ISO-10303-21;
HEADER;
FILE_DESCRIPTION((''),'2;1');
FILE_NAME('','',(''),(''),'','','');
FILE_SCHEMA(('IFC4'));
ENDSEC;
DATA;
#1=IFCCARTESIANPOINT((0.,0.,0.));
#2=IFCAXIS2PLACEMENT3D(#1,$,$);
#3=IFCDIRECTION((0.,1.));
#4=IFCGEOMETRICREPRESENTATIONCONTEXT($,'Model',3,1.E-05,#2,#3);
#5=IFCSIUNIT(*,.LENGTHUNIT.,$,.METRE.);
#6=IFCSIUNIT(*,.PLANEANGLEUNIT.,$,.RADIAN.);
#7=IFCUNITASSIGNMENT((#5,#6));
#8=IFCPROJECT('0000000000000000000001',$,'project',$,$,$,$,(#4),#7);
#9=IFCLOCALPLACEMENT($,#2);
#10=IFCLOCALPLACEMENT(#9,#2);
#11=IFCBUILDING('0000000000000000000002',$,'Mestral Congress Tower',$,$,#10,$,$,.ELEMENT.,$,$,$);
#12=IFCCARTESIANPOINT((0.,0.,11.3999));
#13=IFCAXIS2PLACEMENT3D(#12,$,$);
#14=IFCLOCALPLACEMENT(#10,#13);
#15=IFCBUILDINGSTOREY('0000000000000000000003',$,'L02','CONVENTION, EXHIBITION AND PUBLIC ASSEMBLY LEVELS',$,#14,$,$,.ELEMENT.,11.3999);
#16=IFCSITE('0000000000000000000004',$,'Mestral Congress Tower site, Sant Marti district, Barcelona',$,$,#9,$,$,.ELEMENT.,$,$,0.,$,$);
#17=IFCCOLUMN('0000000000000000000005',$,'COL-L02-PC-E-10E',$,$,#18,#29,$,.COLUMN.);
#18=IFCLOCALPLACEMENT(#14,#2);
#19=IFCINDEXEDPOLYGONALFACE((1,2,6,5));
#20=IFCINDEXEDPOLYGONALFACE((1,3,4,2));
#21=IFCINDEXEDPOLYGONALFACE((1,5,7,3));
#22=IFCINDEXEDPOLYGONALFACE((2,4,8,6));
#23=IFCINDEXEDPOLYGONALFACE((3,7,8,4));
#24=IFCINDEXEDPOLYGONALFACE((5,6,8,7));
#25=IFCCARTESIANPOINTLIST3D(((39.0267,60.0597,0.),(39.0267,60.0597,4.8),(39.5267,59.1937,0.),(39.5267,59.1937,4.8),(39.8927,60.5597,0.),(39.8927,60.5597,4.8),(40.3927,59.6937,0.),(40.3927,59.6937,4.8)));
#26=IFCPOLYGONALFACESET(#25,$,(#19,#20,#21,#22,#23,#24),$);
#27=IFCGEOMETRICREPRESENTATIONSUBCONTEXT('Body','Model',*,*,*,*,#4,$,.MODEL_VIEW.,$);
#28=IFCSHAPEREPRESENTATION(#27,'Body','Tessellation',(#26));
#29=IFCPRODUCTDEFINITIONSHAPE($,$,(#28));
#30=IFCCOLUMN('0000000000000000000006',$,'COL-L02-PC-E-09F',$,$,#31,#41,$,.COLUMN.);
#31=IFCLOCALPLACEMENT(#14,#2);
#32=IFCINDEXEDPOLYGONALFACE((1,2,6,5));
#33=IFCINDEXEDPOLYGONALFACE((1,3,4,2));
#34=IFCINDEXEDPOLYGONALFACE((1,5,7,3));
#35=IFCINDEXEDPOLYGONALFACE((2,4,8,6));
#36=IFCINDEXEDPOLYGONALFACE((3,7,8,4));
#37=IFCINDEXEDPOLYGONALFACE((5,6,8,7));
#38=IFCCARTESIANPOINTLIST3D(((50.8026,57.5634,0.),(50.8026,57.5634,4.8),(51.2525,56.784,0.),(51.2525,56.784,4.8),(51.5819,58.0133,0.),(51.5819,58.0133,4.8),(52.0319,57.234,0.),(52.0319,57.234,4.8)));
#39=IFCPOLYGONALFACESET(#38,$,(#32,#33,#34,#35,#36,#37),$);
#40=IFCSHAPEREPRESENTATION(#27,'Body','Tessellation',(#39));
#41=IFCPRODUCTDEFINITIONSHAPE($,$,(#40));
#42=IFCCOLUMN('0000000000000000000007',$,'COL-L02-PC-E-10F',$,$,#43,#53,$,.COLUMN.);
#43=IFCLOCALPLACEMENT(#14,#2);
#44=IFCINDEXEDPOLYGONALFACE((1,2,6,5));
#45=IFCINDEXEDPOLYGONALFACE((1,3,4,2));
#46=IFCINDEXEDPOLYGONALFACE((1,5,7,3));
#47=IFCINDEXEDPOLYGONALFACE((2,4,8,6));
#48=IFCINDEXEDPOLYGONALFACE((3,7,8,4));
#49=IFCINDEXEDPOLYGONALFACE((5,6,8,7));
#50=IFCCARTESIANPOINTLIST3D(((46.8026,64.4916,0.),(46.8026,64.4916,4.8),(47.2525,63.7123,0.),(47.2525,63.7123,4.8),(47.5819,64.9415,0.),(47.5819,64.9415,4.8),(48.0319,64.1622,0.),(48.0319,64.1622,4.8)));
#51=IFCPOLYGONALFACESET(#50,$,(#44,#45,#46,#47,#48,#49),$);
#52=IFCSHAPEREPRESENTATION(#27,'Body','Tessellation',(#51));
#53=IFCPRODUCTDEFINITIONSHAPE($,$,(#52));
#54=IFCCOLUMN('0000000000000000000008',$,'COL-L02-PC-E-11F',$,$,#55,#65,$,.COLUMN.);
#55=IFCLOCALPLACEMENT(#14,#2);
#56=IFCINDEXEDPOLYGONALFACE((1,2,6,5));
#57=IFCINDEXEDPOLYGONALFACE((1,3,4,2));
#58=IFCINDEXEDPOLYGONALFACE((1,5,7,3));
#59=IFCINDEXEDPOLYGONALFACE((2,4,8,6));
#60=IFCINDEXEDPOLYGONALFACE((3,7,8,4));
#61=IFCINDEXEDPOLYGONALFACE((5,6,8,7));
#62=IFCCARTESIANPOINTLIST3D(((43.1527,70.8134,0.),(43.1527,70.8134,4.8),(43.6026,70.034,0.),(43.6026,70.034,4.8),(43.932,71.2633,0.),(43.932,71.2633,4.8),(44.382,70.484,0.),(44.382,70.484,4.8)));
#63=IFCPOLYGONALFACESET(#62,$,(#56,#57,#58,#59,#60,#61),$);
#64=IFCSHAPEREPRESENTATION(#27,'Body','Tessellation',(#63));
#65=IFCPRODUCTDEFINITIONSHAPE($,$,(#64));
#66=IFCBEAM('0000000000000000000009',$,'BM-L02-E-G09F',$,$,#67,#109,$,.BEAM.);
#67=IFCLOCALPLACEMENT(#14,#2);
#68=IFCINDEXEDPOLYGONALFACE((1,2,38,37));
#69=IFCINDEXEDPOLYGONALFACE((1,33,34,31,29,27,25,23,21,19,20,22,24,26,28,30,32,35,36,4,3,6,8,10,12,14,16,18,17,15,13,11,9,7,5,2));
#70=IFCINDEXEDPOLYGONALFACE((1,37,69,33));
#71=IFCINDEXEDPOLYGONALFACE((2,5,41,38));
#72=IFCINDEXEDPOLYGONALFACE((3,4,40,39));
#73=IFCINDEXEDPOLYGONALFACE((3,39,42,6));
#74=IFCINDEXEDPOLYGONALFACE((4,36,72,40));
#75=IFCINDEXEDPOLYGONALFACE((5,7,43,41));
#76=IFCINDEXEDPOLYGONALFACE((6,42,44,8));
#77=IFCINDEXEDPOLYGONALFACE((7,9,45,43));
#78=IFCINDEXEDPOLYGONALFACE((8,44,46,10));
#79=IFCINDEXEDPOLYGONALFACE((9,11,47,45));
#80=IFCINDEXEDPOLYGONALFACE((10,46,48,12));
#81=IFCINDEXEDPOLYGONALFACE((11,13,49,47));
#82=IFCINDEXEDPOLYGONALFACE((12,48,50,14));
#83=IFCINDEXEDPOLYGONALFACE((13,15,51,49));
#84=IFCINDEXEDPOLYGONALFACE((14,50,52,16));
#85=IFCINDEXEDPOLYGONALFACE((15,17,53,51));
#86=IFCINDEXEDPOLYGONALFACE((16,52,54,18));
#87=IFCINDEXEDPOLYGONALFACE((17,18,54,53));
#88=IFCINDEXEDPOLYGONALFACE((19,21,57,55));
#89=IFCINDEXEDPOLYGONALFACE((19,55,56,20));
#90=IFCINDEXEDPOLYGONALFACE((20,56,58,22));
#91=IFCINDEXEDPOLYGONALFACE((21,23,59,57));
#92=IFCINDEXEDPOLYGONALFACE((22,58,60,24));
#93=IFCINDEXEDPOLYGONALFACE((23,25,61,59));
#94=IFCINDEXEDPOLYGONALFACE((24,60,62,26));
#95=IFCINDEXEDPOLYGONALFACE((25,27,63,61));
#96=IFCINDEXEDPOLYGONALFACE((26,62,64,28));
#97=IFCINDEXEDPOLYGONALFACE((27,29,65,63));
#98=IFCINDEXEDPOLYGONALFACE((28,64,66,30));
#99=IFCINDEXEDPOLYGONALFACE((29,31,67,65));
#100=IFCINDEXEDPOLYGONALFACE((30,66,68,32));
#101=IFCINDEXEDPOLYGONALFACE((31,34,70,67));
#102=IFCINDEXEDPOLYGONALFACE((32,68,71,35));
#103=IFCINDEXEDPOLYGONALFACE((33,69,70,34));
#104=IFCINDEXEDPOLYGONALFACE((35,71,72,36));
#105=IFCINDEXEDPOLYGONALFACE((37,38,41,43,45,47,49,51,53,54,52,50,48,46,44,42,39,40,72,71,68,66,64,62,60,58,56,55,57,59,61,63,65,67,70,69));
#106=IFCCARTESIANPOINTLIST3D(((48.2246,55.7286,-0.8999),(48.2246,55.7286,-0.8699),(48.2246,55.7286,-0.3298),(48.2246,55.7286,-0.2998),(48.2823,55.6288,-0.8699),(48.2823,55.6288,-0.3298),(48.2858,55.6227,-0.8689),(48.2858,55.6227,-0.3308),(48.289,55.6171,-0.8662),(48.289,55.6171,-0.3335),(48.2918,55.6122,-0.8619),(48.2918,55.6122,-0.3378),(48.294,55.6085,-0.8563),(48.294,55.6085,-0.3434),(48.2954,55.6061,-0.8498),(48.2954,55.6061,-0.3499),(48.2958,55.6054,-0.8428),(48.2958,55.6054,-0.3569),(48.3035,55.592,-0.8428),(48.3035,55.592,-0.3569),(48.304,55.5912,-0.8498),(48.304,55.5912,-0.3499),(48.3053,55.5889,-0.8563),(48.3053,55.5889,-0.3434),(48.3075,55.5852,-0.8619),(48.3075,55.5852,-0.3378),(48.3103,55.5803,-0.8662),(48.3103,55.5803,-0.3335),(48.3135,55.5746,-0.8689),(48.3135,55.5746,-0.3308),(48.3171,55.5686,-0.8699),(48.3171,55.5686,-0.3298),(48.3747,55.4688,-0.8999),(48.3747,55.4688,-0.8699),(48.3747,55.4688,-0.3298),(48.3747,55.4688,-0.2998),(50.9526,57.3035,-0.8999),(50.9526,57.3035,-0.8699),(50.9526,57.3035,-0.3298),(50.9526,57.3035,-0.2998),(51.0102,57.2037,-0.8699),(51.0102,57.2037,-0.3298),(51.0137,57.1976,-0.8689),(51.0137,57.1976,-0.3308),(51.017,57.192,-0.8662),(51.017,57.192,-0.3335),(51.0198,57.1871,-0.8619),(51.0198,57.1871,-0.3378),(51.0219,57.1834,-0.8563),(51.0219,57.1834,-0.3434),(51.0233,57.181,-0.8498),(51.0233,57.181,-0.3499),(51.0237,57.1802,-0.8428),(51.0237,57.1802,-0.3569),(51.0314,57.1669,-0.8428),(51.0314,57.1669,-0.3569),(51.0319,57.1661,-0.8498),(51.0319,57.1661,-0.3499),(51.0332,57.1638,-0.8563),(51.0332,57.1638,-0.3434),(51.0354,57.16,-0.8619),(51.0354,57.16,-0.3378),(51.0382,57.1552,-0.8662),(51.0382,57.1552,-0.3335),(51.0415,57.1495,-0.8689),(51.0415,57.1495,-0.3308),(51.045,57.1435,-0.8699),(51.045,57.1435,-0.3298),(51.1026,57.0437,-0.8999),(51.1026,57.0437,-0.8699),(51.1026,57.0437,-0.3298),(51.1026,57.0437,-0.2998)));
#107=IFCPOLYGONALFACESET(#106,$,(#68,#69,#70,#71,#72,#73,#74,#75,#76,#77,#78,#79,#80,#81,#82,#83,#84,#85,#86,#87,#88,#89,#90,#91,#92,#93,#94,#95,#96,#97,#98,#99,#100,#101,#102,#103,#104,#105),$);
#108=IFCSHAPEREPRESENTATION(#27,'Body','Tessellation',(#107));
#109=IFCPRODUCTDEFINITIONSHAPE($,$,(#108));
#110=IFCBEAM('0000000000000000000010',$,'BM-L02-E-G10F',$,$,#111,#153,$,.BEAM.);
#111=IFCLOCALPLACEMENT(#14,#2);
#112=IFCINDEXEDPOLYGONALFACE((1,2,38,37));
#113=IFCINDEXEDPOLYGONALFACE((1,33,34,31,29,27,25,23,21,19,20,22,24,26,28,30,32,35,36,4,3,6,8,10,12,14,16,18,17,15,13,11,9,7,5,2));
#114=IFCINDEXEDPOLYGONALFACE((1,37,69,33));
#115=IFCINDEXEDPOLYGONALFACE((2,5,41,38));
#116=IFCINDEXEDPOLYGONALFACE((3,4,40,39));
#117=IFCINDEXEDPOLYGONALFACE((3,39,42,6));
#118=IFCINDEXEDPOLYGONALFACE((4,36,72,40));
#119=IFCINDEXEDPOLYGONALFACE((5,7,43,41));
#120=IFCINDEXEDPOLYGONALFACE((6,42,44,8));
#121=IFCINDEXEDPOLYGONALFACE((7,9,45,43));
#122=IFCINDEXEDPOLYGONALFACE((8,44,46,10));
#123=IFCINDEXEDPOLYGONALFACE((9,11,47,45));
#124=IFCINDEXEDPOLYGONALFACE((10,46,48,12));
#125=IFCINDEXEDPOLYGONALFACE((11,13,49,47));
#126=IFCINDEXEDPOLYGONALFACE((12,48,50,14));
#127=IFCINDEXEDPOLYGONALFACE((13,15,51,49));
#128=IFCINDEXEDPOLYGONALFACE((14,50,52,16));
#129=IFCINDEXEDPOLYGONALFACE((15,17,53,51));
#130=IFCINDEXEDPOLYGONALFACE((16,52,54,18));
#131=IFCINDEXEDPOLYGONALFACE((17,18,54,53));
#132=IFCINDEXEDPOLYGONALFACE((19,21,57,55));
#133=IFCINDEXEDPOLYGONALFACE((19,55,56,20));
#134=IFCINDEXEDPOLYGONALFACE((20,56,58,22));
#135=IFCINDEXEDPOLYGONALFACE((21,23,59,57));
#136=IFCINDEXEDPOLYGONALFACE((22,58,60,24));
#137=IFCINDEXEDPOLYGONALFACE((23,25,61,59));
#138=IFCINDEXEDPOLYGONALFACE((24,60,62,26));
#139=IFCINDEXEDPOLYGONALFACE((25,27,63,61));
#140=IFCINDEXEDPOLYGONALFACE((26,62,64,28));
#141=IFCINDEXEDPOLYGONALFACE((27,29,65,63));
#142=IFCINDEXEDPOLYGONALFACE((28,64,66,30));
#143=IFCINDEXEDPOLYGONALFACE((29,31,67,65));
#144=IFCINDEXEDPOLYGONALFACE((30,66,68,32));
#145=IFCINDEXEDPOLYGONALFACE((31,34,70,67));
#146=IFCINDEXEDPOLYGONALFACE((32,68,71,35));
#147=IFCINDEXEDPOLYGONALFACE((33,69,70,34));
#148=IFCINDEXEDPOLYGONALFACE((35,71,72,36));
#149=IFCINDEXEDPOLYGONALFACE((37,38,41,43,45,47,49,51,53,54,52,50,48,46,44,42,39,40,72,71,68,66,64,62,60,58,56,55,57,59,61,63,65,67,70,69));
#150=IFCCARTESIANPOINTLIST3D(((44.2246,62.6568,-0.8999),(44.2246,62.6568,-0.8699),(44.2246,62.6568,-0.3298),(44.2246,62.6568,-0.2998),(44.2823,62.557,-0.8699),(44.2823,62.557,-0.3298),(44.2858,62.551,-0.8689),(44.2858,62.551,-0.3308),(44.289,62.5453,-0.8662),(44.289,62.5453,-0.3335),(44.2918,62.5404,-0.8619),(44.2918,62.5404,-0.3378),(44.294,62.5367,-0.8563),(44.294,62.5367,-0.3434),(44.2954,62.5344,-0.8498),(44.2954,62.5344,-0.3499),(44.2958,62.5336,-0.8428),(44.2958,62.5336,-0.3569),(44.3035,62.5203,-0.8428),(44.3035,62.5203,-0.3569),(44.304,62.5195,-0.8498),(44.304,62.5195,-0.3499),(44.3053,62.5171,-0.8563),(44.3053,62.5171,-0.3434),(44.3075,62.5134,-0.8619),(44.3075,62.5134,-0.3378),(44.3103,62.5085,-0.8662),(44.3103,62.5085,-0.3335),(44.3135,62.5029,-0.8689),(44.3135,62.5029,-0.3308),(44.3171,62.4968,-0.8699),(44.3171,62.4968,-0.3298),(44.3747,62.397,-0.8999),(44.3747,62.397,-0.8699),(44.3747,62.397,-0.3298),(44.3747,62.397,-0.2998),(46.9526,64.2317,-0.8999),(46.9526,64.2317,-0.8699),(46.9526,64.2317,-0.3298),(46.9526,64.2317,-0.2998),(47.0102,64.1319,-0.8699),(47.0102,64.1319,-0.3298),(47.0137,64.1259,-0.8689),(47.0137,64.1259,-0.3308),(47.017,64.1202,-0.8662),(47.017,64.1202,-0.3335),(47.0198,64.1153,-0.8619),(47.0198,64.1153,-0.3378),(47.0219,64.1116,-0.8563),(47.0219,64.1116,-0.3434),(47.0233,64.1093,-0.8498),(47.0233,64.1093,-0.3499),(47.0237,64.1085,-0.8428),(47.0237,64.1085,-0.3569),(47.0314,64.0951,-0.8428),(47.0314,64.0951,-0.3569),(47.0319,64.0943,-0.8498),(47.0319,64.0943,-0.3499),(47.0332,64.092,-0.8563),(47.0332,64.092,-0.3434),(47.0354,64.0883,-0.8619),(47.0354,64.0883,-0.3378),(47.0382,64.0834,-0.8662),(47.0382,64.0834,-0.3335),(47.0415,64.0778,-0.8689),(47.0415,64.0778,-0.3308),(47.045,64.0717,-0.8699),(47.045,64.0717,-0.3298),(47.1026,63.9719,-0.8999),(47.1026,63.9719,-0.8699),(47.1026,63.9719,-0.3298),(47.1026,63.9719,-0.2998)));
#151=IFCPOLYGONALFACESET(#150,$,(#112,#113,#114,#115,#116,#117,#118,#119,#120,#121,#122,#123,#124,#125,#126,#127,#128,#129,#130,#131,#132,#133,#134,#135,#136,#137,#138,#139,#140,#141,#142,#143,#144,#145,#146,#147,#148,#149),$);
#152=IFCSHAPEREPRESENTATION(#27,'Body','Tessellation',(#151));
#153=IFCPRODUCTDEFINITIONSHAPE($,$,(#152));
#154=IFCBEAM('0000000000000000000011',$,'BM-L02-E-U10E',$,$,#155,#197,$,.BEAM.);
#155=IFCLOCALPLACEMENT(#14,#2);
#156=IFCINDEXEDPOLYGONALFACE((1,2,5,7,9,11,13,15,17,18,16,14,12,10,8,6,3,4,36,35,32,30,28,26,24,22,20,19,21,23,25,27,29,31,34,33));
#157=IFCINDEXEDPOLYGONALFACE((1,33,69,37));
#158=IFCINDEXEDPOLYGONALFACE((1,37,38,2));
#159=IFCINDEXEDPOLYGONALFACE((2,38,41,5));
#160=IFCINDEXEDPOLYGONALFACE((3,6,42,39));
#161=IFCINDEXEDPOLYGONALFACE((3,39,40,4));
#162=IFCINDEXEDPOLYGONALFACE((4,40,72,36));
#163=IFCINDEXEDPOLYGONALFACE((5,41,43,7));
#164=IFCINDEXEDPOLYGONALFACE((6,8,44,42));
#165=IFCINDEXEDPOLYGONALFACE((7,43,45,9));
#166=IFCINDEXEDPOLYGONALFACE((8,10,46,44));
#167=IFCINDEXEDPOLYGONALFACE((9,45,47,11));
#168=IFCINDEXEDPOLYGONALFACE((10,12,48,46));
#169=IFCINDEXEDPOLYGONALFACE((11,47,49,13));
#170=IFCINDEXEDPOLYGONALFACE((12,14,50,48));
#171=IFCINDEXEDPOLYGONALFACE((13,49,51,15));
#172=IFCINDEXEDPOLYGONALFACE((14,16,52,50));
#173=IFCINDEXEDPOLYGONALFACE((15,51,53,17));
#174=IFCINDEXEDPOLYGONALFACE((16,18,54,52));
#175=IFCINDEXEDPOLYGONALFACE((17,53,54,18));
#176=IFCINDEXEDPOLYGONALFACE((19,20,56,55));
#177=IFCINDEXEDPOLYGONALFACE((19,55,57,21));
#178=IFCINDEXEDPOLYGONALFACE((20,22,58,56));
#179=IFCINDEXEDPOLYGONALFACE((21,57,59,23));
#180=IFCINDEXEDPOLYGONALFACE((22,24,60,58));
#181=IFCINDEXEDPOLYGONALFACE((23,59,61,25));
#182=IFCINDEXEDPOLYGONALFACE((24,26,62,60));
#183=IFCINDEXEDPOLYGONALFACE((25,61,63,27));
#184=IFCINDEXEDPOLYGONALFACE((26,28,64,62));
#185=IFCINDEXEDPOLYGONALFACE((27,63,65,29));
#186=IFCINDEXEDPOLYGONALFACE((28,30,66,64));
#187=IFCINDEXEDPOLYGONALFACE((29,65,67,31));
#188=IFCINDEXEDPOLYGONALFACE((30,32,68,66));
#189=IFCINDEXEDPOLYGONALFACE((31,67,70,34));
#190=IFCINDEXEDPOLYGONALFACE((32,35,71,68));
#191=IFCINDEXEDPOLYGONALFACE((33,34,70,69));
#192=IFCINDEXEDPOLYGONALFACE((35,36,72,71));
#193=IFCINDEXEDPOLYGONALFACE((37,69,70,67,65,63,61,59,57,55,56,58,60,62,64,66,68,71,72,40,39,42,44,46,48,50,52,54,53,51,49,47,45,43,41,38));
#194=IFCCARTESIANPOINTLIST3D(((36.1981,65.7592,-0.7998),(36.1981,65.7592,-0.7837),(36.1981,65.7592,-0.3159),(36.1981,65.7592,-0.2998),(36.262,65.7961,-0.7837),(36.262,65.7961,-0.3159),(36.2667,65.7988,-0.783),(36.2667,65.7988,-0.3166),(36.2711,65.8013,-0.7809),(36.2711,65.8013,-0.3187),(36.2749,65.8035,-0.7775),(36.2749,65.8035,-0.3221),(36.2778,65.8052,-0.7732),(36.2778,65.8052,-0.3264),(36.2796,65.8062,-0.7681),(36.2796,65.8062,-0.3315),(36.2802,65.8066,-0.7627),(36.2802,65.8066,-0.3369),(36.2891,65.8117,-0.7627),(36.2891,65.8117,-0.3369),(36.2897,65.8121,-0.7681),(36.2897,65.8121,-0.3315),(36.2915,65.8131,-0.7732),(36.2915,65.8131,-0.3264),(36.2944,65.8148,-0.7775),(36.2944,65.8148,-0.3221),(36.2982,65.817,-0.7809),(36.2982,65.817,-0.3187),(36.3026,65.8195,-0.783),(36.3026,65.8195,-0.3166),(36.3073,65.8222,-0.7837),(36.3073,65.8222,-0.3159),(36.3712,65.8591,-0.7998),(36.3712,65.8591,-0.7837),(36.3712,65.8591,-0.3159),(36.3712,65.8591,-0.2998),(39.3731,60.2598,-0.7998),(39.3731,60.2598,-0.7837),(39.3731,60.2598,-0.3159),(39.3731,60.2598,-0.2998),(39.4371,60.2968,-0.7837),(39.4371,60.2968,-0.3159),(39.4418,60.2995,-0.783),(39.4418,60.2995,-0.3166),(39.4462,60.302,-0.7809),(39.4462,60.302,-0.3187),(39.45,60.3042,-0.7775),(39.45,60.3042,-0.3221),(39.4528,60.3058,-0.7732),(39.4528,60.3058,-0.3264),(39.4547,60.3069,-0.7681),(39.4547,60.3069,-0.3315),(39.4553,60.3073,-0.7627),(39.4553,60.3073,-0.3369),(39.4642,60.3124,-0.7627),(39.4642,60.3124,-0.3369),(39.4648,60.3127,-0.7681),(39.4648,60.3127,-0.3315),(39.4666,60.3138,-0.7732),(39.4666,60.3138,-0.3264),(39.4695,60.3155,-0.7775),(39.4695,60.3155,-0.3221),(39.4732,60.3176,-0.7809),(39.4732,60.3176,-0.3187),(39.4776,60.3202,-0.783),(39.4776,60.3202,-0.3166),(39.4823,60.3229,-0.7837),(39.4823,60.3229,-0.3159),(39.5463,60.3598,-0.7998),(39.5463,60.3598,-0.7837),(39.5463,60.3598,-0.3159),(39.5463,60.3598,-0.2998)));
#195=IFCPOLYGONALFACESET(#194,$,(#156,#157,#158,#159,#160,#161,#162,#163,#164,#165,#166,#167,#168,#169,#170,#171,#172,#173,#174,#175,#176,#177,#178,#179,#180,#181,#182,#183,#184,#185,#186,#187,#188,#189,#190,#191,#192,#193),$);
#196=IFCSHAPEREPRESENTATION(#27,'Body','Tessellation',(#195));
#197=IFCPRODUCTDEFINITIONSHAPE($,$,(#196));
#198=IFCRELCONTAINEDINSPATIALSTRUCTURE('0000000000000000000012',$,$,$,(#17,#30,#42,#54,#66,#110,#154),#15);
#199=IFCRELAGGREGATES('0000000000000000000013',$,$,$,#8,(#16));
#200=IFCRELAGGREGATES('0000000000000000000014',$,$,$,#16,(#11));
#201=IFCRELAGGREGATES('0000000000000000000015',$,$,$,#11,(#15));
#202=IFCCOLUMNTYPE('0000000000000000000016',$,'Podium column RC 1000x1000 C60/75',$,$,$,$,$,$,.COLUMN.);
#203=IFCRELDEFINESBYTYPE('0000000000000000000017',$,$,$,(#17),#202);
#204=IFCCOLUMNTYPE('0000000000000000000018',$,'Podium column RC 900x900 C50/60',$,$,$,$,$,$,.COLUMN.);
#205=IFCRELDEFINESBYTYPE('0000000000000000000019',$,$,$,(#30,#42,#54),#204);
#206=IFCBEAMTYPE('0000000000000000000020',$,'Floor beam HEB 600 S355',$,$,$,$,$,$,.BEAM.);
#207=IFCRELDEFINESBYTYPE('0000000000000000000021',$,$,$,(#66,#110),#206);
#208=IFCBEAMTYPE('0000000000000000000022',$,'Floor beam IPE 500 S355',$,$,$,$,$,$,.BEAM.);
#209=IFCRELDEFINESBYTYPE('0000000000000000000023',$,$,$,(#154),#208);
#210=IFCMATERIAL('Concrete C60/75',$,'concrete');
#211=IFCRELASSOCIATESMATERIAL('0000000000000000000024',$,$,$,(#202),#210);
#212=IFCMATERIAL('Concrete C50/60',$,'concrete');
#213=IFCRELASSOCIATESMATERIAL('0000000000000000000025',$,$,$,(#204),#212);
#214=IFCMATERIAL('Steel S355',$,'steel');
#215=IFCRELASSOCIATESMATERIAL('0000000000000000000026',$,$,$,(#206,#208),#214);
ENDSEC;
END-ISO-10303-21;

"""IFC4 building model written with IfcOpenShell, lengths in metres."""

from ifc_helpers import new_model, si_unit, direction, frame, origin, origin_2d, place, context, subcontext, project, spatial, rectangle, i_section, extrude, material, material_profile, profile_set, type_object, element, save


model = new_model("IFC4")

# Units and contexts
model_context = context("Model", 3, precision=1e-05, world=origin(), true_north=direction((0.0, 1.0)))
body_context = subcontext(model_context, "Body", "Model", "MODEL_VIEW")
ifc_project = project(units=[si_unit("LENGTHUNIT", "METRE"), si_unit("PLANEANGLEUNIT", "RADIAN")], contexts=[model_context])

# Site, building, storey
site_placement = place(None, origin())
site = spatial("IfcSite", under=ifc_project, at=site_placement, Name="Mestral Congress Tower site, Sant Marti district, Barcelona", CompositionType="ELEMENT", RefElevation=0.0)
building_placement = place(site_placement, origin())
building = spatial("IfcBuilding", under=site, at=building_placement, Name="Mestral Congress Tower", CompositionType="ELEMENT")
storey_placement = place(building_placement, frame((0.0, 0.0, 11.3999)))
storey = spatial("IfcBuildingStorey", under=building, at=storey_placement, Name="L02", Description="CONVENTION, EXHIBITION AND PUBLIC ASSEMBLY LEVELS", CompositionType="ELEMENT", Elevation=11.3999)

# Columns
ifc_material_1 = material(Name="Concrete C60/75", Category="concrete")
ifc_material_profile_1 = material_profile(ifc_material_1, rectangle(XDim=1.0, YDim=1.0, at=origin_2d()), Name="RC 1000x1000")
ifc_profile_set_1 = profile_set([ifc_material_profile_1], Name="Concrete C60/75")
column_type_1 = type_object("IfcColumnType", Name="Podium column RC 1000x1000 C60/75", PredefinedType="COLUMN", material=ifc_profile_set_1)
column_placement = place(storey_placement, frame((39.7097, 59.8767, 0.0), z_axis=(0.0, 0.0, 1.0), x_axis=(-0.5, 0.866025, 0.0)))
element("IfcColumn", 1, at=column_placement, inside=storey, type_object=column_type_1, Name="COL-L02-PC-E-10E", PredefinedType="COLUMN", context=body_context, shape_type="SweptSolid", body=[
    extrude(rectangle(XDim=1.0, YDim=1.0, at=origin_2d()), origin(), (0.0, 0.0, 1.0), 4.8),
])
ifc_material_2 = material(Name="Concrete C50/60", Category="concrete")
ifc_material_profile_2 = material_profile(ifc_material_2, rectangle(XDim=0.8999, YDim=0.8999, at=origin_2d()), Name="RC 900x900")
ifc_profile_set_2 = profile_set([ifc_material_profile_2], Name="Concrete C50/60")
column_type_2 = type_object("IfcColumnType", Name="Podium column RC 900x900 C50/60", PredefinedType="COLUMN", material=ifc_profile_set_2)
for number, where, z_axis, x_axis, name in (
    (2, (51.4172, 57.3987, 0.0), (0.0, 0.0, 1.0), (-0.5, 0.866025, 0.0), "COL-L02-PC-E-09F"),
    (3, (47.4172, 64.3269, 0.0), (0.0, 0.0, 1.0), (-0.5, 0.866025, 0.0), "COL-L02-PC-E-10F"),
    (4, (43.7673, 70.6487, 0.0), (0.0, 0.0, 1.0), (-0.5, 0.866025, 0.0), "COL-L02-PC-E-11F"),
):
    element("IfcColumn", number, at=place(storey_placement, frame(where, z_axis=z_axis, x_axis=x_axis)), inside=storey, type_object=column_type_2, Name=name, PredefinedType="COLUMN", context=body_context, shape_type="SweptSolid", body=[
        extrude(rectangle(XDim=0.8999, YDim=0.8999, at=origin_2d()), origin(), (0.0, 0.0, 1.0), 4.8),
    ])

# Beams
ifc_material_3 = material(Name="Steel S355", Category="steel")
ifc_material_profile_3 = material_profile(ifc_material_3, i_section(OverallWidth=0.3, OverallDepth=0.6001, WebThickness=0.0154, FlangeThickness=0.03, FilletRadius=0.0271, at=origin_2d()), Name="HEB 600")
ifc_profile_set_3 = profile_set([ifc_material_profile_3], Name="Steel S355")
beam_type_1 = type_object("IfcBeamType", Name="Floor beam HEB 600 S355", PredefinedType="BEAM", material=ifc_profile_set_3)
for number, where, z_axis, x_axis, name in (
    (5, (51.0276, 57.1736, -0.5999), (-0.866036, -0.499982, 0.0), (0.499982, -0.866036, 0.0), "BM-L02-E-G09F"),
    (6, (47.0276, 64.1018, -0.5999), (-0.866036, -0.499982, 0.0), (0.499982, -0.866036, 0.0), "BM-L02-E-G10F"),
):
    element("IfcBeam", number, at=place(storey_placement, frame(where, z_axis=z_axis, x_axis=x_axis)), inside=storey, type_object=beam_type_1, Name=name, PredefinedType="BEAM", context=body_context, shape_type="SweptSolid", body=[
        extrude(i_section(OverallWidth=0.3, OverallDepth=0.6001, WebThickness=0.0154, FlangeThickness=0.03, FilletRadius=0.0271, at=origin_2d()), origin(), (0.0, 0.0, 1.0), 3.1499),
    ])
ifc_material_profile_4 = material_profile(ifc_material_3, i_section(OverallWidth=0.2, OverallDepth=0.5, WebThickness=0.0103, FlangeThickness=0.0161, FilletRadius=0.021, at=origin_2d()), Name="IPE 500")
ifc_profile_set_4 = profile_set([ifc_material_profile_4], Name="Steel S355")
beam_type_2 = type_object("IfcBeamType", Name="Floor beam IPE 500 S355", PredefinedType="BEAM", material=ifc_profile_set_4)
beam_1_placement = place(storey_placement, frame((39.4597, 60.3098, -0.5498), z_axis=(-0.500005, 0.866022, 0.0), x_axis=(-0.866022, -0.500005, 0.0)))
element("IfcBeam", 7, at=beam_1_placement, inside=storey, type_object=beam_type_2, Name="BM-L02-E-U10E", PredefinedType="BEAM", context=body_context, shape_type="SweptSolid", body=[
    extrude(i_section(OverallWidth=0.2, OverallDepth=0.5, WebThickness=0.0103, FlangeThickness=0.0161, FilletRadius=0.021, at=origin_2d()), origin(), (0.0, 0.0, 1.0), 6.3501),
])

save(model, "model.ifc")
